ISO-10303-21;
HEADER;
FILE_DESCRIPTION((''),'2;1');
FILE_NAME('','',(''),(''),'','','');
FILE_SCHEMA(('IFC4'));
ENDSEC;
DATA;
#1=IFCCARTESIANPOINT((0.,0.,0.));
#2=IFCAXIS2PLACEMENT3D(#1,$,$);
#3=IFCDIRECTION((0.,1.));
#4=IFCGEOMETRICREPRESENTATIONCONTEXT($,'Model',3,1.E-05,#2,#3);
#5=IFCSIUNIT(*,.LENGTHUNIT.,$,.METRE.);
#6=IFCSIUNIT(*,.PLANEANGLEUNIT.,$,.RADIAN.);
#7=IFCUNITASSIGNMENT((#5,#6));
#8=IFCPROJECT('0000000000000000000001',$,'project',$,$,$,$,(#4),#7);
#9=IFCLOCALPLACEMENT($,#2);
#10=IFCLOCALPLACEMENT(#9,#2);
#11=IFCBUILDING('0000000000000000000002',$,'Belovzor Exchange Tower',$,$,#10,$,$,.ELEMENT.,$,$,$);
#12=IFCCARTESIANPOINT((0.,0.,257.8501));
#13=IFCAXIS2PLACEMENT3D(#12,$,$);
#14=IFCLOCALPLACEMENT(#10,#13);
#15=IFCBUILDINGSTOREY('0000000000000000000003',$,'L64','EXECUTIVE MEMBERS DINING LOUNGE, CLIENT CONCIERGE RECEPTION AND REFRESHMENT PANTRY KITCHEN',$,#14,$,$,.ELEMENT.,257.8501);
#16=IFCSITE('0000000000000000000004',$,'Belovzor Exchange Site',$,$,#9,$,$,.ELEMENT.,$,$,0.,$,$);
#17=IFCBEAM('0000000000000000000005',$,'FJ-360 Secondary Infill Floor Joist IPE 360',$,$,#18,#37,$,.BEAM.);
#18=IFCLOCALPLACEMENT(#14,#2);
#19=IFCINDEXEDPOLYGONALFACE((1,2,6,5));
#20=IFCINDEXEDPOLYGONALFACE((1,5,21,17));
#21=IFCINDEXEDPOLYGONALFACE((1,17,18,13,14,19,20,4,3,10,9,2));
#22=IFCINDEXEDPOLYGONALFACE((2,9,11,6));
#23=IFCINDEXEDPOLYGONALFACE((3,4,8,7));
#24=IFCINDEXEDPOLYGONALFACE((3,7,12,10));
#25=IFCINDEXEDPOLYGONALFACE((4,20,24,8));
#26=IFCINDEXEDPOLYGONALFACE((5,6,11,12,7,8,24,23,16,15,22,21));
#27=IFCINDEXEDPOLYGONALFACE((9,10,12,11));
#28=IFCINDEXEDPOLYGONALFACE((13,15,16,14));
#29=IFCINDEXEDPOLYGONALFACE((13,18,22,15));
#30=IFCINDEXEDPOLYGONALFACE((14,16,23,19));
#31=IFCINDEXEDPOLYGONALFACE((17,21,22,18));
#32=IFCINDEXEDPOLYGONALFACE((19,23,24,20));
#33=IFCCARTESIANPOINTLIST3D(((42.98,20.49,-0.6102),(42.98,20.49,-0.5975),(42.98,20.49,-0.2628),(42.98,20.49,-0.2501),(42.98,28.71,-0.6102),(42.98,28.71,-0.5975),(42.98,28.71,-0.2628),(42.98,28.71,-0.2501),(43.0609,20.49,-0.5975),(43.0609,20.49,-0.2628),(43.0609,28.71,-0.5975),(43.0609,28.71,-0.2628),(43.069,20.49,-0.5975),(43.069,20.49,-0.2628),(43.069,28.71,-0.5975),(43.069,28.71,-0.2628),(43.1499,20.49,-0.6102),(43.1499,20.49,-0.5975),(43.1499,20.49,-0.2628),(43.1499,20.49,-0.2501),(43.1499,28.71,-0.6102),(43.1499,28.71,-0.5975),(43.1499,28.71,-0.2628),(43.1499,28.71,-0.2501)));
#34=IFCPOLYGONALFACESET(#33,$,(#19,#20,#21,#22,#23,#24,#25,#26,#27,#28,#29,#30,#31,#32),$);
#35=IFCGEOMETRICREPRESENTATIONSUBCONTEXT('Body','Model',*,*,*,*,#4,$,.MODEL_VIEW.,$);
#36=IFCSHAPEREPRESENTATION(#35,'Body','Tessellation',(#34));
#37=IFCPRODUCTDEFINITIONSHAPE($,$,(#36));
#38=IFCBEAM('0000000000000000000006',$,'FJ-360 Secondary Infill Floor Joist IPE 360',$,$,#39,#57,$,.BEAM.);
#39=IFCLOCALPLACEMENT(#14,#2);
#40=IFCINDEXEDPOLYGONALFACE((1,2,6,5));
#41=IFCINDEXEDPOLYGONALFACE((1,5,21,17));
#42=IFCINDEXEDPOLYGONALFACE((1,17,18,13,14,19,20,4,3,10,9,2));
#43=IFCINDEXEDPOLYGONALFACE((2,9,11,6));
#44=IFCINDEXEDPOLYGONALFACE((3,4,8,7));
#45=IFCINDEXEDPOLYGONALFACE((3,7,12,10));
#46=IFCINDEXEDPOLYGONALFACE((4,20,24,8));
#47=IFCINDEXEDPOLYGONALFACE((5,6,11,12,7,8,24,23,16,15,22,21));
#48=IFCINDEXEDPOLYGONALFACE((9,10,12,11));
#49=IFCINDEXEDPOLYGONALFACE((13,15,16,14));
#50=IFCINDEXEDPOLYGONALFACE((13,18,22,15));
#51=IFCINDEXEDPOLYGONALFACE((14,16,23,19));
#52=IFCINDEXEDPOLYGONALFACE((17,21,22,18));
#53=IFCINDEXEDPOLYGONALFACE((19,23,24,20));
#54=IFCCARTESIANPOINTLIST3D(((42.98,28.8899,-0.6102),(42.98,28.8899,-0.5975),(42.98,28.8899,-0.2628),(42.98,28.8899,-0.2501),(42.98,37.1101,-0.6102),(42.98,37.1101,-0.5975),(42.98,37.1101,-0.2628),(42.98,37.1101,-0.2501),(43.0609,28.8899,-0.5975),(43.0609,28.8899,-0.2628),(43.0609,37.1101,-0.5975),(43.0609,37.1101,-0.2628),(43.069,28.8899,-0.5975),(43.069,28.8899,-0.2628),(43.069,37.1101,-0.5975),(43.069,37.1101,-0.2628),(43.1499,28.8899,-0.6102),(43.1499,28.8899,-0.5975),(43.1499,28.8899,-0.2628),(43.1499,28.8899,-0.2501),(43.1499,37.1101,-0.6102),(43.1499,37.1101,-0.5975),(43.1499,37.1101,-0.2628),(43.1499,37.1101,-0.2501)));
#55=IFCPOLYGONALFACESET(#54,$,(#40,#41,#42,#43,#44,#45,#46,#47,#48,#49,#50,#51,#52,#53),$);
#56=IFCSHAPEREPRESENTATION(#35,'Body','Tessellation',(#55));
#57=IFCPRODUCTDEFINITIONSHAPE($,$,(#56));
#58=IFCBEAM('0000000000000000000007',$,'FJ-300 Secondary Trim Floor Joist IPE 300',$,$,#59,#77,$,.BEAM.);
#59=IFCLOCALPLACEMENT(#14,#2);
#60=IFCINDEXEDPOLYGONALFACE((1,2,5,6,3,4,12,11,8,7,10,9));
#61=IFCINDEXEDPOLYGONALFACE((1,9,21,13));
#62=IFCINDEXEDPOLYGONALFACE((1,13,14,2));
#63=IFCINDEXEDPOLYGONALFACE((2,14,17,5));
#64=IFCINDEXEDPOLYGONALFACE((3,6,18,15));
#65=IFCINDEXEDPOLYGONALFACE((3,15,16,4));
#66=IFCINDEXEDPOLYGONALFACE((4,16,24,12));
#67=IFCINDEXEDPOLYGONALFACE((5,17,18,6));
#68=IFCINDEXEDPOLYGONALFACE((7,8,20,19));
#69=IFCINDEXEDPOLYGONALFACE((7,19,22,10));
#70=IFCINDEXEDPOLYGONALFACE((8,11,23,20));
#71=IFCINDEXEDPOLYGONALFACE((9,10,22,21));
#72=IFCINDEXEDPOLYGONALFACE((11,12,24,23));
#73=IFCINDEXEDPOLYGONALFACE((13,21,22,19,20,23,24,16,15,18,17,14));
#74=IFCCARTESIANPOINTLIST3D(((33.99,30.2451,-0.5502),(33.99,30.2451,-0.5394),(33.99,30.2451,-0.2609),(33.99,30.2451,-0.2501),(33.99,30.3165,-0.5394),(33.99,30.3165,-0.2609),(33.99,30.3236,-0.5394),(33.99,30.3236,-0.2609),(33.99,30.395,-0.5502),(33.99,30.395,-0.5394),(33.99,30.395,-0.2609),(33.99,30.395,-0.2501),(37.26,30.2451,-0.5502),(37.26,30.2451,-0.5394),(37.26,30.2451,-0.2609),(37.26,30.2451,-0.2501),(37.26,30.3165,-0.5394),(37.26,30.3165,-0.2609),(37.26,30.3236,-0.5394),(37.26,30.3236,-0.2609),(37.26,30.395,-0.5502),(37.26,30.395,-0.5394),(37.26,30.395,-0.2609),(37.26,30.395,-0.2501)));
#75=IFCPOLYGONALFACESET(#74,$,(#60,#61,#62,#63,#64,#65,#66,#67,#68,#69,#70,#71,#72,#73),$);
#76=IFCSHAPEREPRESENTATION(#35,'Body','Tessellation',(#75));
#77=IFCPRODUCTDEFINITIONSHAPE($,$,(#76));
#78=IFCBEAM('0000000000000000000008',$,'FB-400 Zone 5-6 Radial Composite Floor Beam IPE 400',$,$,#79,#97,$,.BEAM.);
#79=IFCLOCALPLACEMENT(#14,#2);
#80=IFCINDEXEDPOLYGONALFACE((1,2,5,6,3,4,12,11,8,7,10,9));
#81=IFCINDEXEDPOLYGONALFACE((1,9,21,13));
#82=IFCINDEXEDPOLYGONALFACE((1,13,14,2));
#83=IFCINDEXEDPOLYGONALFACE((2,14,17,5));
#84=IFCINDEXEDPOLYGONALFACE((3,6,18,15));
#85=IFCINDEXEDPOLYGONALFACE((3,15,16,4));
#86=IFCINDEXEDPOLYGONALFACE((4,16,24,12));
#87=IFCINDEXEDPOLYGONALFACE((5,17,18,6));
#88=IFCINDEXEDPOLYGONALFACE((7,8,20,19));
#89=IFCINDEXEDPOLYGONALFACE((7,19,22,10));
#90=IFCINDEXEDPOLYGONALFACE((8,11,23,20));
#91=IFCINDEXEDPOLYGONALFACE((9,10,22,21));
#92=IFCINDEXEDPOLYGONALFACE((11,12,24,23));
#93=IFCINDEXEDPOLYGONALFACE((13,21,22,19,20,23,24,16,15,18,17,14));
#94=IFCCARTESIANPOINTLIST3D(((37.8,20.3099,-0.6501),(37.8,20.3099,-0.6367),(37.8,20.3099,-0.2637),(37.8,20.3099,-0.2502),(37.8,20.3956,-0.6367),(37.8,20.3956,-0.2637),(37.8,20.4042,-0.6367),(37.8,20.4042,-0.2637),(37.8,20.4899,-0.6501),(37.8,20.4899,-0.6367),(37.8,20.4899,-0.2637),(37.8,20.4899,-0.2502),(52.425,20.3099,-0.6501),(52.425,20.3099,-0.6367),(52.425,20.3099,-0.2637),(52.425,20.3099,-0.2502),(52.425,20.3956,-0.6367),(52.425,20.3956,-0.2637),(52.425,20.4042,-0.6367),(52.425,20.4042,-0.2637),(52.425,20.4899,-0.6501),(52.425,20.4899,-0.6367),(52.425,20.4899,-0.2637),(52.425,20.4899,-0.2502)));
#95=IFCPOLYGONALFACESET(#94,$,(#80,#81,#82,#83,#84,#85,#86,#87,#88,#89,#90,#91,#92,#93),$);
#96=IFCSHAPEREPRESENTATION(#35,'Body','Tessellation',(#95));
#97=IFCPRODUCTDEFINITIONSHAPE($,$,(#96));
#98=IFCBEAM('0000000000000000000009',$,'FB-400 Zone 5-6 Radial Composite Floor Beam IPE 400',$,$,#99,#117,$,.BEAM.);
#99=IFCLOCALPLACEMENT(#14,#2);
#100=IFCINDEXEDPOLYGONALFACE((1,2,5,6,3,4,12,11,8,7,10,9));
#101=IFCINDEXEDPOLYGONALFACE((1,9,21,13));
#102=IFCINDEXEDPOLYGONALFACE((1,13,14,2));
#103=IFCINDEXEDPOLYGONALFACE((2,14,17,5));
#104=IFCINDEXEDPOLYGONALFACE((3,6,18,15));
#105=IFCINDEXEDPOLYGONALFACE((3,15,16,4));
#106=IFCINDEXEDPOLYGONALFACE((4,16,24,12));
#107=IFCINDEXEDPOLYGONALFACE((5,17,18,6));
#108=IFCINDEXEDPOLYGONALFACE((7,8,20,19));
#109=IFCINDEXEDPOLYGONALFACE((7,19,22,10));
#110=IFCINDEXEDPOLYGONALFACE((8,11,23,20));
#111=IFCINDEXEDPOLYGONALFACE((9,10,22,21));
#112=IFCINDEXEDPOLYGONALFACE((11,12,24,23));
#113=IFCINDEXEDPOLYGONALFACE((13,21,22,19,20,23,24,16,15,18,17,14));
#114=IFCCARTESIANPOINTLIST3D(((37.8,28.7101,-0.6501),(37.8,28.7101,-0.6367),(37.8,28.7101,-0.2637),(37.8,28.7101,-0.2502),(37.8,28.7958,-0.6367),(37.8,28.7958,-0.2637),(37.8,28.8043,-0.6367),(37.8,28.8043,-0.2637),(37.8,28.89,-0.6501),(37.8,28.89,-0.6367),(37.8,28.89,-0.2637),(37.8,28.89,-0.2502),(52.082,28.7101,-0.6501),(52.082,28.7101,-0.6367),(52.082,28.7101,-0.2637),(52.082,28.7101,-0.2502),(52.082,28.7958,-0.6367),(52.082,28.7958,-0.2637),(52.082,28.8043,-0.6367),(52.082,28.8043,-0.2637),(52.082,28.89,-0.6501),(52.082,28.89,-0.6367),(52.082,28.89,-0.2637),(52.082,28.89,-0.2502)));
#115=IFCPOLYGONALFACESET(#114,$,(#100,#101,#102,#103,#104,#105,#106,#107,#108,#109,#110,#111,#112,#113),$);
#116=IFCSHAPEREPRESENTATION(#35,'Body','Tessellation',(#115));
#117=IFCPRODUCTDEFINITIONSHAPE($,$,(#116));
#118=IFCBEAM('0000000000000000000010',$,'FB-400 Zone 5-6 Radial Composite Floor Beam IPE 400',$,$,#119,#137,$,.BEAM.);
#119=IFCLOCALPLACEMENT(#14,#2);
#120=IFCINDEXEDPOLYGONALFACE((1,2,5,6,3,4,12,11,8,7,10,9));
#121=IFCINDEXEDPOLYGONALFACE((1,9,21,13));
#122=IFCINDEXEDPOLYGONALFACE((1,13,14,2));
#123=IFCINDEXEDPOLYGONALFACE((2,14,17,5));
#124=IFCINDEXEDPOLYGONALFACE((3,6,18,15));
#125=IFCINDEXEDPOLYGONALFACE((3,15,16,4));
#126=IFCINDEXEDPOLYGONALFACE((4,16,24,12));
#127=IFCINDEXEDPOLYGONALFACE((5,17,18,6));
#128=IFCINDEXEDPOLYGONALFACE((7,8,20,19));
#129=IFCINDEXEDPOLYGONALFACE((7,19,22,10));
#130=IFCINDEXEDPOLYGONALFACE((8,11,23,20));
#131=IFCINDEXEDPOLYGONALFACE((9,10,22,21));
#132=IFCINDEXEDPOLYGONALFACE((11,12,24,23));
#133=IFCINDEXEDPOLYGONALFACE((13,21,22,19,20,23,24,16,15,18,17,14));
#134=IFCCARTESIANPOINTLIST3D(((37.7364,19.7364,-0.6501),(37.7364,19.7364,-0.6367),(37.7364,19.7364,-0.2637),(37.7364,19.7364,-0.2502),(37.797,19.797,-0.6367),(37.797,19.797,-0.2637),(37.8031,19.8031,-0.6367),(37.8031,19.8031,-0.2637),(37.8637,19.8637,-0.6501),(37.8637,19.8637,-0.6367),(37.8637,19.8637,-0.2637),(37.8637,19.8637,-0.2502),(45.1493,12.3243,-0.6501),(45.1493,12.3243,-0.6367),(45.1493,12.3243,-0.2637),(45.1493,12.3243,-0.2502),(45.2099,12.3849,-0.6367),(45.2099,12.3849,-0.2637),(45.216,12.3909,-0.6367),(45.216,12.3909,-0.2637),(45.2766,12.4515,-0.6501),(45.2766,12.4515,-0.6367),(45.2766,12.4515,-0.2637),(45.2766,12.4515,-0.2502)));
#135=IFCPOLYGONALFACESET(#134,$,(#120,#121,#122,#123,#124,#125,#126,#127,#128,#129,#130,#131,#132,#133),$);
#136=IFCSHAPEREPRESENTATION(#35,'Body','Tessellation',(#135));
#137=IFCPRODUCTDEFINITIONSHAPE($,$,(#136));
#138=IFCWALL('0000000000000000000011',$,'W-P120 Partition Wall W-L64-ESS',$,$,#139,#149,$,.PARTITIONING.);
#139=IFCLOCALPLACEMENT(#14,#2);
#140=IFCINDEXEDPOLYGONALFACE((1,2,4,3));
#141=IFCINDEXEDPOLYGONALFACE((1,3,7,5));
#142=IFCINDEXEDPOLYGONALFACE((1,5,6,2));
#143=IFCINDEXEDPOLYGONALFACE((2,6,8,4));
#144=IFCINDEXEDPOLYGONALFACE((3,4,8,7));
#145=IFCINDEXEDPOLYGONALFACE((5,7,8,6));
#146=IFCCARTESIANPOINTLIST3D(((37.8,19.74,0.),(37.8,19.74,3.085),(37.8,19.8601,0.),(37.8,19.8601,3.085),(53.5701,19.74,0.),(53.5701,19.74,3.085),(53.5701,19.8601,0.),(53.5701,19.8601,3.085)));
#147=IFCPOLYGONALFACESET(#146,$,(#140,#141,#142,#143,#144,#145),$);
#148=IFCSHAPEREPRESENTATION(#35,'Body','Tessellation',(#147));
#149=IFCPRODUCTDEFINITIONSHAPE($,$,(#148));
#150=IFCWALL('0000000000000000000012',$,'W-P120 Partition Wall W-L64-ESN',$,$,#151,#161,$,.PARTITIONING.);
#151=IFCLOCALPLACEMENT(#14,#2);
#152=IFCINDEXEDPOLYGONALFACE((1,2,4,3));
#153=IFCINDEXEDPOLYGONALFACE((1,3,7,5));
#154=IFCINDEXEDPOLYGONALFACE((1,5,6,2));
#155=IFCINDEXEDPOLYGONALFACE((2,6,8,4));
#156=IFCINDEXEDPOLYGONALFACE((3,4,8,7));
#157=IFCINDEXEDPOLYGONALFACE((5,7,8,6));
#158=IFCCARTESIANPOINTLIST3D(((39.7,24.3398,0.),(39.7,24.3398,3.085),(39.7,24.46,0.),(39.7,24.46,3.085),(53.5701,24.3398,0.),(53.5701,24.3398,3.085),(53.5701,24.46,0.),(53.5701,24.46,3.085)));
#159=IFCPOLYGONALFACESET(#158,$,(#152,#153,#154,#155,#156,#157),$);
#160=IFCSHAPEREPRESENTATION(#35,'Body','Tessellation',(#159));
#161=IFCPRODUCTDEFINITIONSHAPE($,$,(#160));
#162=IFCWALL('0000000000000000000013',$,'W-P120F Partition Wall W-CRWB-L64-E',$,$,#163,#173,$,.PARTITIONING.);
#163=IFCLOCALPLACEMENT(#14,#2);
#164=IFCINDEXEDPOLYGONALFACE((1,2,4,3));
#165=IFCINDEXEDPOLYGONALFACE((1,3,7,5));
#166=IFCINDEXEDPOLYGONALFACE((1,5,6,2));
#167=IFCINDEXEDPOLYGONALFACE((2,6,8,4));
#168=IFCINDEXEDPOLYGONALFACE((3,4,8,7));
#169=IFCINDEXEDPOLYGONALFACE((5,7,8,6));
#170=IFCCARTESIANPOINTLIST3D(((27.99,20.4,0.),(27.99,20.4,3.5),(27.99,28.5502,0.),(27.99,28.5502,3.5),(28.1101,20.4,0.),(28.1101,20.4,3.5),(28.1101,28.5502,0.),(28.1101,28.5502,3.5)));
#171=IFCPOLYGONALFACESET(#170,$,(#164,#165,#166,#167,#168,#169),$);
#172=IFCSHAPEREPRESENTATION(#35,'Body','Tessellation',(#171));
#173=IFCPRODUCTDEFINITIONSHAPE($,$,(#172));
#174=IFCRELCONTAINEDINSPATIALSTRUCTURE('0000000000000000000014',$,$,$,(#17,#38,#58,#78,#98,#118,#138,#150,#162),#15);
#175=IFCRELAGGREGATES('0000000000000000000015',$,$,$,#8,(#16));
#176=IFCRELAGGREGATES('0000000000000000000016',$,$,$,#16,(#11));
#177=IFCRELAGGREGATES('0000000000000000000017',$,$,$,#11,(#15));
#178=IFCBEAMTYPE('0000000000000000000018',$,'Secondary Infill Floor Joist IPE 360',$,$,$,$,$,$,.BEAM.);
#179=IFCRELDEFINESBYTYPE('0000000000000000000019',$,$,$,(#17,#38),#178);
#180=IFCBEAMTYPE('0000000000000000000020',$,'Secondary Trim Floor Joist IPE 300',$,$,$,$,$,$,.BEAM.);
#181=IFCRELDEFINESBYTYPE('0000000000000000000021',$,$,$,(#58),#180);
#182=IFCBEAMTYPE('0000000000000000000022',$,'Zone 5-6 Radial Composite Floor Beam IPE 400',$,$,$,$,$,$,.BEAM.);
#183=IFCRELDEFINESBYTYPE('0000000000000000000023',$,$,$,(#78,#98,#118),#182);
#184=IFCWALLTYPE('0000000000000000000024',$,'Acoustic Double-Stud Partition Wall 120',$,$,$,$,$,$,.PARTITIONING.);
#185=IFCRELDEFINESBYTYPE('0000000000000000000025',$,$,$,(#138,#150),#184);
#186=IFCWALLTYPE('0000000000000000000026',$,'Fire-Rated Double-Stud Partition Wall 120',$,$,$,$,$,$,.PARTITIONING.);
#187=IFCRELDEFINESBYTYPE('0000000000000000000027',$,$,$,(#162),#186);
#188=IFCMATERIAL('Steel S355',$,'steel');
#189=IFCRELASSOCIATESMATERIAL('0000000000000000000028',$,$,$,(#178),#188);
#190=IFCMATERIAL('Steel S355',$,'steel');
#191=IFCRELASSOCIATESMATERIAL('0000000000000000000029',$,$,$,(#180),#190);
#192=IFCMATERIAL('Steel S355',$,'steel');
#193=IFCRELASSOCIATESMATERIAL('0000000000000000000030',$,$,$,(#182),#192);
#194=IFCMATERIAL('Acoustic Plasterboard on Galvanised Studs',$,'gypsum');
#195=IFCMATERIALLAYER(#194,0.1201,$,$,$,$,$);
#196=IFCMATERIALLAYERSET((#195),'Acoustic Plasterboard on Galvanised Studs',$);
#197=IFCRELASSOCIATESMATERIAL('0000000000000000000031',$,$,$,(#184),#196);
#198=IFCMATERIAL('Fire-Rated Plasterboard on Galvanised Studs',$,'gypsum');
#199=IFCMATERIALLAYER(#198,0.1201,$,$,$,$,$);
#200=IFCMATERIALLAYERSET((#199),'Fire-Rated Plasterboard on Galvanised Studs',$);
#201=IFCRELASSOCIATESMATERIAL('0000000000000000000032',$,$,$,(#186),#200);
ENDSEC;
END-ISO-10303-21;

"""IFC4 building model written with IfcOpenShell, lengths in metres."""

from ifc_helpers import new_model, si_unit, direction, frame, frame_2d, origin, origin_2d, place, context, subcontext, project, spatial, rectangle, i_section, extrude, material, layer, layer_set, material_profile, profile_set, type_object, element, save


model = new_model("IFC4")

# Units and contexts
model_context = context("Model", 3, precision=1e-05, world=origin(), true_north=direction((0.0, 1.0)))
body_context = subcontext(model_context, "Body", "Model", "MODEL_VIEW")
ifc_project = project(units=[si_unit("LENGTHUNIT", "METRE"), si_unit("PLANEANGLEUNIT", "RADIAN")], contexts=[model_context])

# Site, building, storey
site_placement = place(None, origin())
site = spatial("IfcSite", under=ifc_project, at=site_placement, Name="Belovzor Exchange Site", CompositionType="ELEMENT", RefElevation=0.0)
building_placement = place(site_placement, origin())
building = spatial("IfcBuilding", under=site, at=building_placement, Name="Belovzor Exchange Tower", CompositionType="ELEMENT")
storey_placement = place(building_placement, frame((0.0, 0.0, 257.8501)))
storey = spatial("IfcBuildingStorey", under=building, at=storey_placement, Name="L64", Description="EXECUTIVE MEMBERS DINING LOUNGE, CLIENT CONCIERGE RECEPTION AND REFRESHMENT PANTRY KITCHEN", CompositionType="ELEMENT", Elevation=257.8501)

# Beams
ifc_material_1 = material(Name="Steel S355", Category="steel")
ifc_material_profile_1 = material_profile(ifc_material_1, i_section(OverallWidth=0.1699, OverallDepth=0.3601, WebThickness=0.0081, FlangeThickness=0.0127, at=origin_2d()))
ifc_profile_set_1 = profile_set([ifc_material_profile_1], Name="Steel S355")
beam_type_1 = type_object("IfcBeamType", Name="Secondary Infill Floor Joist IPE 360", PredefinedType="BEAM", material=ifc_profile_set_1)
beam_1_placement = place(storey_placement, frame((43.0649, 20.49, -0.4302), z_axis=(0.0, 1.0, 0.0), x_axis=(-1.0, 0.0, 0.0)))
element("IfcBeam", 1, at=beam_1_placement, inside=storey, type_object=beam_type_1, Name="FJ-360 Secondary Infill Floor Joist IPE 360", PredefinedType="BEAM", context=body_context, shape_type="SweptSolid", body=[
    extrude(i_section(OverallWidth=0.1699, OverallDepth=0.3601, WebThickness=0.0081, FlangeThickness=0.0127, at=origin_2d()), origin(), (0.0, 0.0, 1.0), 8.22),
])
beam_2_placement = place(storey_placement, frame((43.0649, 28.8899, -0.4302), z_axis=(0.0, 1.0, 0.0), x_axis=(-1.0, 0.0, 0.0)))
element("IfcBeam", 2, at=beam_2_placement, inside=storey, type_object=beam_type_1, Name="FJ-360 Secondary Infill Floor Joist IPE 360", PredefinedType="BEAM", context=body_context, shape_type="SweptSolid", body=[
    extrude(i_section(OverallWidth=0.1699, OverallDepth=0.3601, WebThickness=0.0081, FlangeThickness=0.0127, at=origin_2d()), origin(), (0.0, 0.0, 1.0), 8.2202),
])
ifc_material_2 = material(Name="Steel S355", Category="steel")
ifc_material_profile_2 = material_profile(ifc_material_2, i_section(OverallWidth=0.1499, OverallDepth=0.3, WebThickness=0.0071, FlangeThickness=0.0107, at=origin_2d()))
ifc_profile_set_2 = profile_set([ifc_material_profile_2], Name="Steel S355")
beam_type_2 = type_object("IfcBeamType", Name="Secondary Trim Floor Joist IPE 300", PredefinedType="BEAM", material=ifc_profile_set_2)
beam_3_placement = place(storey_placement, frame((37.26, 30.3201, -0.4001), z_axis=(-1.0, 0.0, 0.0), x_axis=(0.0, -1.0, 0.0)))
element("IfcBeam", 3, at=beam_3_placement, inside=storey, type_object=beam_type_2, Name="FJ-300 Secondary Trim Floor Joist IPE 300", PredefinedType="BEAM", context=body_context, shape_type="SweptSolid", body=[
    extrude(i_section(OverallWidth=0.1499, OverallDepth=0.3, WebThickness=0.0071, FlangeThickness=0.0107, at=origin_2d()), origin(), (0.0, 0.0, 1.0), 3.27),
])
ifc_material_3 = material(Name="Steel S355", Category="steel")
ifc_material_profile_3 = material_profile(ifc_material_3, i_section(OverallWidth=0.1799, OverallDepth=0.3999, WebThickness=0.0085, FlangeThickness=0.0134, at=origin_2d()))
ifc_profile_set_3 = profile_set([ifc_material_profile_3], Name="Steel S355")
beam_type_3 = type_object("IfcBeamType", Name="Zone 5-6 Radial Composite Floor Beam IPE 400", PredefinedType="BEAM", material=ifc_profile_set_3)
beam_4_placement = place(storey_placement, frame((37.8, 20.3999, -0.4502), z_axis=(1.0, 0.0, 0.0), x_axis=(0.0, 1.0, 0.0)))
element("IfcBeam", 4, at=beam_4_placement, inside=storey, type_object=beam_type_3, Name="FB-400 Zone 5-6 Radial Composite Floor Beam IPE 400", PredefinedType="BEAM", context=body_context, shape_type="SweptSolid", body=[
    extrude(i_section(OverallWidth=0.1799, OverallDepth=0.3999, WebThickness=0.0085, FlangeThickness=0.0134, at=origin_2d()), origin(), (0.0, 0.0, 1.0), 14.625),
])
beam_5_placement = place(storey_placement, frame((37.8, 28.8, -0.4502), z_axis=(1.0, 0.0, 0.0), x_axis=(0.0, 1.0, 0.0)))
element("IfcBeam", 5, at=beam_5_placement, inside=storey, type_object=beam_type_3, Name="FB-400 Zone 5-6 Radial Composite Floor Beam IPE 400", PredefinedType="BEAM", context=body_context, shape_type="SweptSolid", body=[
    extrude(i_section(OverallWidth=0.1799, OverallDepth=0.3999, WebThickness=0.0085, FlangeThickness=0.0134, at=origin_2d()), origin(), (0.0, 0.0, 1.0), 14.282),
])
beam_6_placement = place(storey_placement, frame((37.8, 19.8, -0.4502), z_axis=(0.707142, -0.707072, 0.0), x_axis=(0.707072, 0.707142, 0.0)))
element("IfcBeam", 6, at=beam_6_placement, inside=storey, type_object=beam_type_3, Name="FB-400 Zone 5-6 Radial Composite Floor Beam IPE 400", PredefinedType="BEAM", context=body_context, shape_type="SweptSolid", body=[
    extrude(i_section(OverallWidth=0.1799, OverallDepth=0.3999, WebThickness=0.0085, FlangeThickness=0.0134, at=origin_2d()), origin(), (0.0, 0.0, 1.0), 10.4829),
])

# Walls
ifc_material_4 = material(Name="Acoustic Plasterboard on Galvanised Studs", Category="gypsum")
ifc_layer_1 = layer(ifc_material_4, 0.1201)
ifc_layer_set_1 = layer_set([ifc_layer_1], Name="Acoustic Plasterboard on Galvanised Studs")
wall_type_1 = type_object("IfcWallType", Name="Acoustic Double-Stud Partition Wall 120", PredefinedType="PARTITIONING", material=ifc_layer_set_1)
wall_1_placement = place(storey_placement, frame((37.8, 19.8, 0.0), z_axis=(0.0, 0.0, 1.0), x_axis=(1.0, 0.0, 0.0)))
element("IfcWall", 7, at=wall_1_placement, inside=storey, type_object=wall_type_1, Name="W-P120 Partition Wall W-L64-ESS", PredefinedType="PARTITIONING", context=body_context, shape_type="SweptSolid", body=[
    extrude(rectangle(XDim=15.77, YDim=0.1201, at=frame_2d((7.885, 0.0))), origin(), (0.0, 0.0, 1.0), 3.085),
])
wall_2_placement = place(storey_placement, frame((39.7, 24.3999, 0.0), z_axis=(0.0, 0.0, 1.0), x_axis=(1.0, 0.0, 0.0)))
element("IfcWall", 8, at=wall_2_placement, inside=storey, type_object=wall_type_1, Name="W-P120 Partition Wall W-L64-ESN", PredefinedType="PARTITIONING", context=body_context, shape_type="SweptSolid", body=[
    extrude(rectangle(XDim=13.8701, YDim=0.1201, at=frame_2d((6.9351, 0.0))), origin(), (0.0, 0.0, 1.0), 3.085),
])
ifc_material_5 = material(Name="Fire-Rated Plasterboard on Galvanised Studs", Category="gypsum")
ifc_layer_2 = layer(ifc_material_5, 0.1201)
ifc_layer_set_2 = layer_set([ifc_layer_2], Name="Fire-Rated Plasterboard on Galvanised Studs")
wall_type_2 = type_object("IfcWallType", Name="Fire-Rated Double-Stud Partition Wall 120", PredefinedType="PARTITIONING", material=ifc_layer_set_2)
wall_3_placement = place(storey_placement, frame((28.05, 20.3999, 0.0), z_axis=(0.0, 0.0, 1.0), x_axis=(0.0, 1.0, 0.0)))
element("IfcWall", 9, at=wall_3_placement, inside=storey, type_object=wall_type_2, Name="W-P120F Partition Wall W-CRWB-L64-E", PredefinedType="PARTITIONING", context=body_context, shape_type="SweptSolid", body=[
    extrude(rectangle(XDim=8.1501, YDim=0.1201, at=frame_2d((4.0752, 0.0))), origin(), (0.0, 0.0, 1.0), 3.5),
])

save(model, "model.ifc")
